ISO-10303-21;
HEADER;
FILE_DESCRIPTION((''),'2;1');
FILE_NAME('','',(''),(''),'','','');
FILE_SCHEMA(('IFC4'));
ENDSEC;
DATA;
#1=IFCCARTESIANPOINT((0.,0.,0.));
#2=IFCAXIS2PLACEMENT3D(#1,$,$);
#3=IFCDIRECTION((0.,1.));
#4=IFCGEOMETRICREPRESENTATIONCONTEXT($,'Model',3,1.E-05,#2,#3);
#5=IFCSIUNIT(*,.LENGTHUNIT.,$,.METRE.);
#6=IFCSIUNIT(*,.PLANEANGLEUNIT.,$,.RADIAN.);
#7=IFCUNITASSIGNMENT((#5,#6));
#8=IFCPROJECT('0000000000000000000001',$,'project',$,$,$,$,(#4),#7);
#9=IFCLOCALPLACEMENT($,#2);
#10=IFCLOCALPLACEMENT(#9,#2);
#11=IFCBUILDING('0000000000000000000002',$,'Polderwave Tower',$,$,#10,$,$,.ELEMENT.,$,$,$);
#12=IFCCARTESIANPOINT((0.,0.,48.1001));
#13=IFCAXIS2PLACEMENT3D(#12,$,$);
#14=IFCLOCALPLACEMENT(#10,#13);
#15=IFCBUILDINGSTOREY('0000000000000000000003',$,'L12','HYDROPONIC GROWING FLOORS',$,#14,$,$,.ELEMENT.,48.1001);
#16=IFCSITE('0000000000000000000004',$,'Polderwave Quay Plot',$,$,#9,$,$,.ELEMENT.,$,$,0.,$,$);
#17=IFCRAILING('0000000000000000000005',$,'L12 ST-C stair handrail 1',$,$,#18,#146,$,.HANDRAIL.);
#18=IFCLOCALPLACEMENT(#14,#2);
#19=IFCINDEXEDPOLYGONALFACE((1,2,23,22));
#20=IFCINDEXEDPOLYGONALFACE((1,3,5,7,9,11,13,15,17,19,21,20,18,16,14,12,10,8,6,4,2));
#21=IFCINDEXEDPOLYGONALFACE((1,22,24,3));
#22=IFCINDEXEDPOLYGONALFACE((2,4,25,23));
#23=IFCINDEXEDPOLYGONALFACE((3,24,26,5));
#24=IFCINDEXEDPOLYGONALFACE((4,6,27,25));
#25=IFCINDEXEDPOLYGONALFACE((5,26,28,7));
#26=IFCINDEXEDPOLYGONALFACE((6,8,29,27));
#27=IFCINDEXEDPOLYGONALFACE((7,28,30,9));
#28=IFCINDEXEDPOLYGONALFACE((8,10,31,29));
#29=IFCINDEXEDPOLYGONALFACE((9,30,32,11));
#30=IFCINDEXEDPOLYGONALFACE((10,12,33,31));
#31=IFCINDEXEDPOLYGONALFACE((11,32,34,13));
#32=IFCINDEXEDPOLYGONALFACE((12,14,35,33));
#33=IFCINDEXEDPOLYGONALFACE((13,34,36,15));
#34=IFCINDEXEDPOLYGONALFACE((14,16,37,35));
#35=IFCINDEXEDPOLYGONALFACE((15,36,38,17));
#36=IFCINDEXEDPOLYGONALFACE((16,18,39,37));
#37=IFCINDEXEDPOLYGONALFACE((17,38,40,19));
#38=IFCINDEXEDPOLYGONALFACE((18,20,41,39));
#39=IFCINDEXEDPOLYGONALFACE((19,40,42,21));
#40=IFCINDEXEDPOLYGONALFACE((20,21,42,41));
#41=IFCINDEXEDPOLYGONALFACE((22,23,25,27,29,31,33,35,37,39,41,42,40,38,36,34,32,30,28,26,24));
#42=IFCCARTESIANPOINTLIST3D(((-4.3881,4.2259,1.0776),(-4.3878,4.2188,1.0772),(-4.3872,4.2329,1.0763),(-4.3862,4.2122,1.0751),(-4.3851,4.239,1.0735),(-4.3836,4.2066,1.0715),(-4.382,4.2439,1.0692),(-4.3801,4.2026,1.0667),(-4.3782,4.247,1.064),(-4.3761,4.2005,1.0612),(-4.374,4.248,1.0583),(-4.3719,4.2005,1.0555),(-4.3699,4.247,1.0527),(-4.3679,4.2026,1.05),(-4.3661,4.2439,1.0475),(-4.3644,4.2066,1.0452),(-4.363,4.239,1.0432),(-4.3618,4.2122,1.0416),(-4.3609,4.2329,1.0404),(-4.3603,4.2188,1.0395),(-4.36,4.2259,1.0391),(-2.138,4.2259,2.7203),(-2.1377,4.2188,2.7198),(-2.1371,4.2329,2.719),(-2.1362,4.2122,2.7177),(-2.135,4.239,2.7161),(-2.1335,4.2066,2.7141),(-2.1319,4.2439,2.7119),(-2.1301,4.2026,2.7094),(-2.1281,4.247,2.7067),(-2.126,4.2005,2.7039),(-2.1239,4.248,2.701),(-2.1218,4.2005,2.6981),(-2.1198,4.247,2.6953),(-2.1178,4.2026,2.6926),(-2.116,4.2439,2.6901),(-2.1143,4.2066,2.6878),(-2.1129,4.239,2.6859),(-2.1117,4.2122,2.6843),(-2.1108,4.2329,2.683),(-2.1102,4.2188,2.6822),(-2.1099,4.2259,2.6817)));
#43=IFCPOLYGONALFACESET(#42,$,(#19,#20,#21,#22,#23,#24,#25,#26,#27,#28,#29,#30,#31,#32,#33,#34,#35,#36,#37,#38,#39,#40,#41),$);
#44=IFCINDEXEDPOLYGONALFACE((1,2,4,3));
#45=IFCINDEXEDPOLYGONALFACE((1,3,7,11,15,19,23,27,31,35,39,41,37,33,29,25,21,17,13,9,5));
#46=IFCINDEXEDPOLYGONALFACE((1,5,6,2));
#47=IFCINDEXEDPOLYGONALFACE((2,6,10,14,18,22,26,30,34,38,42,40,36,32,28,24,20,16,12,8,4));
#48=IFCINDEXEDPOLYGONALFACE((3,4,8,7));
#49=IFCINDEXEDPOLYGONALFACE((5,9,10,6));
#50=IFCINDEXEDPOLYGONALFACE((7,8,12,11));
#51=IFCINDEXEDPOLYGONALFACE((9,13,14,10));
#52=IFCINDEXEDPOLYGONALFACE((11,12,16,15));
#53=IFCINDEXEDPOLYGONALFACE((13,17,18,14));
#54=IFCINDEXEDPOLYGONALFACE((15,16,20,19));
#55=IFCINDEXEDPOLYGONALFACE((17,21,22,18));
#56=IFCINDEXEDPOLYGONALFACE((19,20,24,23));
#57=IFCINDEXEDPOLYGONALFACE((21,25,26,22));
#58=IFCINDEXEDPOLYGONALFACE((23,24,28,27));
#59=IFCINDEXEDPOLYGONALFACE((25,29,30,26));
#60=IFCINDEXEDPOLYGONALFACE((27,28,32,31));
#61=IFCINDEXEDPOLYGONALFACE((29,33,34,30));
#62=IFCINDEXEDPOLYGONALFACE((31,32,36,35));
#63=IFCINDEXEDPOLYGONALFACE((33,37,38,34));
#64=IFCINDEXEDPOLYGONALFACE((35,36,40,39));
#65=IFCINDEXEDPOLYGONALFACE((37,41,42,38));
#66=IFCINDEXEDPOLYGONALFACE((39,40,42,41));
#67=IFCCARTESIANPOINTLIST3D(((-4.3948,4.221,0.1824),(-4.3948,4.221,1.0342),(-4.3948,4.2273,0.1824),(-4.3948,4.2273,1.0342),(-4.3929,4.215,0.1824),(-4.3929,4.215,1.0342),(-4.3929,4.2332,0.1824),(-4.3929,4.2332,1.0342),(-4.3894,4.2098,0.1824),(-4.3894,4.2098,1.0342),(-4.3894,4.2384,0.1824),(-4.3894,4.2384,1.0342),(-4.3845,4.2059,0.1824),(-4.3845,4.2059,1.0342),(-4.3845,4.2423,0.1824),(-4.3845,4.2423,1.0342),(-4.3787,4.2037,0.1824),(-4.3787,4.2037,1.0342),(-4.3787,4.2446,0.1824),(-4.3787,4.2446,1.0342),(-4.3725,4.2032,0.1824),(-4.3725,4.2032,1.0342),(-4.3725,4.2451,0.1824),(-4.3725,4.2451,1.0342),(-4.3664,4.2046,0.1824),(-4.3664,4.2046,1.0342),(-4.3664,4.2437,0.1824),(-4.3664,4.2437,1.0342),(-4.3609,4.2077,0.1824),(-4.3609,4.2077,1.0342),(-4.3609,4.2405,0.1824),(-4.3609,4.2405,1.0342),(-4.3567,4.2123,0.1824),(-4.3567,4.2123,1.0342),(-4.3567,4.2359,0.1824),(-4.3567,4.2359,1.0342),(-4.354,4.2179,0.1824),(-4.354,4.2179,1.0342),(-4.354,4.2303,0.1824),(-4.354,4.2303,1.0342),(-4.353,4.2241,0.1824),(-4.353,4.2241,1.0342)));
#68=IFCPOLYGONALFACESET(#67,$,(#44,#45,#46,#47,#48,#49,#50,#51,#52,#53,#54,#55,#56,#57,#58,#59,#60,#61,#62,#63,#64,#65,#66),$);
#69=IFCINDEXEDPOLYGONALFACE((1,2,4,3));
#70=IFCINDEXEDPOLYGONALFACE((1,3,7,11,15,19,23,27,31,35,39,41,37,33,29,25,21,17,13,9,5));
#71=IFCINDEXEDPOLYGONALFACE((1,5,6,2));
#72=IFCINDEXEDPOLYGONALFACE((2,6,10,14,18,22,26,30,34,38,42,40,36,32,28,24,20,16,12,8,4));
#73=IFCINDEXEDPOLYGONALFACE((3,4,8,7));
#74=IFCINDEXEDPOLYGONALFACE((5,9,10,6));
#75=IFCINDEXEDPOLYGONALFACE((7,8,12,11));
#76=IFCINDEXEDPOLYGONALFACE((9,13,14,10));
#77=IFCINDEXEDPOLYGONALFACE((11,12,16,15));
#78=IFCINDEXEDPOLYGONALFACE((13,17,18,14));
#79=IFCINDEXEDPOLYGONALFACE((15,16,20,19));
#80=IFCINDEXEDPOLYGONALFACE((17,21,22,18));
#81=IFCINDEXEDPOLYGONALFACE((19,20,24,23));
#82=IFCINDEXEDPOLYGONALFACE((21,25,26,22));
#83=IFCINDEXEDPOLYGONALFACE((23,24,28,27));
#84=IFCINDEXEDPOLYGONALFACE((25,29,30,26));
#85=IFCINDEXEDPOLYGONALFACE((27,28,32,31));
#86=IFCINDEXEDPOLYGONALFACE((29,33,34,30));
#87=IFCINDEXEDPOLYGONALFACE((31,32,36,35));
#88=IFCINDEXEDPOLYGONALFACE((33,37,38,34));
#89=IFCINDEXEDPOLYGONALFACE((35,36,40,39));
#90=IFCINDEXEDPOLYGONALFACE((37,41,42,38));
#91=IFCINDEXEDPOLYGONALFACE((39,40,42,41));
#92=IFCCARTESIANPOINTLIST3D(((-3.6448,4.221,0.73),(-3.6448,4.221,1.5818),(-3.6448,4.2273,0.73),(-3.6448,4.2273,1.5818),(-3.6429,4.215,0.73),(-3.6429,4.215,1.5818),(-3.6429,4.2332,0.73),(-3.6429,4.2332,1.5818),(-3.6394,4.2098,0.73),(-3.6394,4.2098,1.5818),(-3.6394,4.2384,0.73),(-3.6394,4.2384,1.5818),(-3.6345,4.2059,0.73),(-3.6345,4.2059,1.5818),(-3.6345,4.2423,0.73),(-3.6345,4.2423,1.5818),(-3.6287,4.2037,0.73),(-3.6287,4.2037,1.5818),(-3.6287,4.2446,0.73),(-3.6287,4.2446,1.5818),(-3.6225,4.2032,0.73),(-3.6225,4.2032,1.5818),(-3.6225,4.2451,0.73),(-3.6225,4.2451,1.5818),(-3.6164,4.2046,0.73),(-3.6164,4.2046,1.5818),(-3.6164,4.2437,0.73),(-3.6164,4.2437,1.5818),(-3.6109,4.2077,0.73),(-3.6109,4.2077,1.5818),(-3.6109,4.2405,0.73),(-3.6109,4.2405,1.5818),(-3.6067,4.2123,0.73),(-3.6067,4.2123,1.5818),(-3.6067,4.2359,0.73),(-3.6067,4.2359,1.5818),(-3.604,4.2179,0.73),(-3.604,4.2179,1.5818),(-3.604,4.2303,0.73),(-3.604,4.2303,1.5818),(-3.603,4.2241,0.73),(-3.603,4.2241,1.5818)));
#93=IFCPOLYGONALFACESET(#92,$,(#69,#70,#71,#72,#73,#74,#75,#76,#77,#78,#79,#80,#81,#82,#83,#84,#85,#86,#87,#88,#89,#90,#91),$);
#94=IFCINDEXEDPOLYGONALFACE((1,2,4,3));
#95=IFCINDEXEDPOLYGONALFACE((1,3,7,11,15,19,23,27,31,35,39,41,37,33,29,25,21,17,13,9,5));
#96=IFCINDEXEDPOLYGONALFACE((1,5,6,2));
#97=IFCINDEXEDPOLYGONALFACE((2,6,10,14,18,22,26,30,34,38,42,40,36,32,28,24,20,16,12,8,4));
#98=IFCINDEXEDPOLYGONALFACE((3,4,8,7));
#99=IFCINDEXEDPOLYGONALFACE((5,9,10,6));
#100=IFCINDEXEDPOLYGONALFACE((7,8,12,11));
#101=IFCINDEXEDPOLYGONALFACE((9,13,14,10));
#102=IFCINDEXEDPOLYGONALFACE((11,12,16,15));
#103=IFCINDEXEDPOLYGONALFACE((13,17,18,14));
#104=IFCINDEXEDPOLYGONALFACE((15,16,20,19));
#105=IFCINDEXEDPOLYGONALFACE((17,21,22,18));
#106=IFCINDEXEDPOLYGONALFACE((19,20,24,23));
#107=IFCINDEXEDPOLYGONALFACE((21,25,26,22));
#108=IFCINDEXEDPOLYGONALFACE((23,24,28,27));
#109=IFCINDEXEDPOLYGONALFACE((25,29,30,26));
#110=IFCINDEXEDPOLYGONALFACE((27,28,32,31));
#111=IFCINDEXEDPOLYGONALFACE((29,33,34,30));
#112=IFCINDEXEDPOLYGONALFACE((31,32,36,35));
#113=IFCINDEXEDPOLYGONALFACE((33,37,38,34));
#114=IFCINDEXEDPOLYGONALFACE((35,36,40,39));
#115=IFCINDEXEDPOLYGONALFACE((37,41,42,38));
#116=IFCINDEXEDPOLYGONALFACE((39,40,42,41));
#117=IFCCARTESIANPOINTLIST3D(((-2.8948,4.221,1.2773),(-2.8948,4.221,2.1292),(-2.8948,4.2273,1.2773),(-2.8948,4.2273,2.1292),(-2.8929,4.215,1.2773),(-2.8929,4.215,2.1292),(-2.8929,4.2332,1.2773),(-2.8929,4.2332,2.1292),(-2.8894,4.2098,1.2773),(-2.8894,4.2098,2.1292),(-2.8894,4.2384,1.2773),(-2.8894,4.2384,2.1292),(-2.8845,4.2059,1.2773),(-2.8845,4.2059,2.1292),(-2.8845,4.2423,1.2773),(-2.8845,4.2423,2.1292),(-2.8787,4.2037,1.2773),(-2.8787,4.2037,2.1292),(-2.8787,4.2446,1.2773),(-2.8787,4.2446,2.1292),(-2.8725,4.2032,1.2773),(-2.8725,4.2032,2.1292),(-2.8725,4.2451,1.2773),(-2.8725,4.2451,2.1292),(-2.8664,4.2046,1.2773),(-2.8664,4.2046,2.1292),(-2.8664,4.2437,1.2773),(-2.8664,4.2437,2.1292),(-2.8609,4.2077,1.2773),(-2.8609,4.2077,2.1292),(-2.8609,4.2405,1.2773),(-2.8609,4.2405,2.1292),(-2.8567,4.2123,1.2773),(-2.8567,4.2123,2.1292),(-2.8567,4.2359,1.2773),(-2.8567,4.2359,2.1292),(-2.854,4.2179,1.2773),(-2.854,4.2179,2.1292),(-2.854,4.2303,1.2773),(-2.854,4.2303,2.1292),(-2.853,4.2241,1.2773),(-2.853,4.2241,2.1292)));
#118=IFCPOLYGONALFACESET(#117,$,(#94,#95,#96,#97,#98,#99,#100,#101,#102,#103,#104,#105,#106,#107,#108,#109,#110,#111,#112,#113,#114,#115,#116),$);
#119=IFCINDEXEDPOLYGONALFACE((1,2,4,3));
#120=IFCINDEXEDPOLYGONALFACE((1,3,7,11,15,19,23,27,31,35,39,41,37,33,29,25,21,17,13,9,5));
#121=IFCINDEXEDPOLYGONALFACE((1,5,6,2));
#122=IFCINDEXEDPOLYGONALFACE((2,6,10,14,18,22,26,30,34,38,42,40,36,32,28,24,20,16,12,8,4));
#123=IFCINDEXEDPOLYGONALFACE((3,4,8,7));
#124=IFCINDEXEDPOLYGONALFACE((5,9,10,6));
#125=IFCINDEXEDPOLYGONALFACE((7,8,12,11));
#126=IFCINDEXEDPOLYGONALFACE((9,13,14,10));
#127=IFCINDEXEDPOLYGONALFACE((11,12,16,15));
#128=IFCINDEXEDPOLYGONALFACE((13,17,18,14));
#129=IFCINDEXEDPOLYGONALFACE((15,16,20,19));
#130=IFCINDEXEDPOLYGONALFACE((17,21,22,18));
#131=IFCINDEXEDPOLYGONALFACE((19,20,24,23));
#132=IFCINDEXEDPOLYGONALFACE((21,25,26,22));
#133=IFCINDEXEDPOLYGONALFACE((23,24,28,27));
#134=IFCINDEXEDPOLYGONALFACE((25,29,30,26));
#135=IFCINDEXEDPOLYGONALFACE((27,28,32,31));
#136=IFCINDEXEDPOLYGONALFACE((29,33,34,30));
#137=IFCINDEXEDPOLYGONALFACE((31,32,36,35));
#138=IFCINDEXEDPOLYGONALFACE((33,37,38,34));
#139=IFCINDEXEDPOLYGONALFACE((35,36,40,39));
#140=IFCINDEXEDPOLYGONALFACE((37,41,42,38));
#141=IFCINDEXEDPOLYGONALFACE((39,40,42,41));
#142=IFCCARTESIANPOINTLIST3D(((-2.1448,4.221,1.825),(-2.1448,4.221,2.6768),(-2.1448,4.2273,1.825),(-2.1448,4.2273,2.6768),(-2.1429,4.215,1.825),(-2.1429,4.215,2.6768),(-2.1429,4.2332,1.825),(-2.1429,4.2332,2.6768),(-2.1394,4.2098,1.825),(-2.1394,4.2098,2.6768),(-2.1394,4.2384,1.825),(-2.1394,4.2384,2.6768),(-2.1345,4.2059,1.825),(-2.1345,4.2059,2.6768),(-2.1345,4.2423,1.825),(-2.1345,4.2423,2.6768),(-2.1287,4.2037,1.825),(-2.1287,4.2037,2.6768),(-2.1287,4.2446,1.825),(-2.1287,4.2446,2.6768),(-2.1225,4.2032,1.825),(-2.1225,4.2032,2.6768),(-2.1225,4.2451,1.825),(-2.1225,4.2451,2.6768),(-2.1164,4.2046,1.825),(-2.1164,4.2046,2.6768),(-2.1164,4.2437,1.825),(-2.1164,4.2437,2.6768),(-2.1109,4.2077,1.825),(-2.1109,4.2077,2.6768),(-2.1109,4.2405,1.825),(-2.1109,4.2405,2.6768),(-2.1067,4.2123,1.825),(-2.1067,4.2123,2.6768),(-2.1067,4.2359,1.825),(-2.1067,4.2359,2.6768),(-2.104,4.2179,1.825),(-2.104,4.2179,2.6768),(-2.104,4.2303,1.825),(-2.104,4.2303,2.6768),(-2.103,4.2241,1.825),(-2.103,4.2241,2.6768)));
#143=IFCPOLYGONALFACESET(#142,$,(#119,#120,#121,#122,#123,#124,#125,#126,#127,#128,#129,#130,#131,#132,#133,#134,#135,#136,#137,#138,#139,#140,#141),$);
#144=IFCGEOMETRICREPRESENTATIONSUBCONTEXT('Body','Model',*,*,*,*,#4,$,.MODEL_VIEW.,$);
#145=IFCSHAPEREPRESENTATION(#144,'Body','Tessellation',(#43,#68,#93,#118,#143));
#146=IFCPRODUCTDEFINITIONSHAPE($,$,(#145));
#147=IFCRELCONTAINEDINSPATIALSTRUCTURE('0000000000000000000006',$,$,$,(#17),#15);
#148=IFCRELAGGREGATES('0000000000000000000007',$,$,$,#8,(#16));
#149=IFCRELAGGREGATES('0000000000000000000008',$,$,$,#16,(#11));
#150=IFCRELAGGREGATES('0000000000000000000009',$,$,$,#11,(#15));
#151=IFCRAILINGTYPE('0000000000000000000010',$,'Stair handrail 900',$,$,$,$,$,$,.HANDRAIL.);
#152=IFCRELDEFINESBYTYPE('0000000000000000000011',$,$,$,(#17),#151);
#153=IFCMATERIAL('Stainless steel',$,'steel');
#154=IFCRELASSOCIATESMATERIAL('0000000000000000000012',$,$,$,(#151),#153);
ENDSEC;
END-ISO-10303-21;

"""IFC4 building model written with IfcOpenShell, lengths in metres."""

from ifc_helpers import new_model, si_unit, direction, frame, origin, origin_2d, place, context, subcontext, project, spatial, circle, extrude, material, type_object, element, save


model = new_model("IFC4")

# Units and contexts
model_context = context("Model", 3, precision=1e-05, world=origin(), true_north=direction((0.0, 1.0)))
body_context = subcontext(model_context, "Body", "Model", "MODEL_VIEW")
ifc_project = project(units=[si_unit("LENGTHUNIT", "METRE"), si_unit("PLANEANGLEUNIT", "RADIAN")], contexts=[model_context])

# Site, building, storey
site_placement = place(None, origin())
site = spatial("IfcSite", under=ifc_project, at=site_placement, Name="Polderwave Quay Plot", CompositionType="ELEMENT", RefElevation=0.0)
building_placement = place(site_placement, origin())
building = spatial("IfcBuilding", under=site, at=building_placement, Name="Polderwave Tower", CompositionType="ELEMENT")
storey_placement = place(building_placement, frame((0.0, 0.0, 48.1001)))
storey = spatial("IfcBuildingStorey", under=building, at=storey_placement, Name="L12", Description="HYDROPONIC GROWING FLOORS", CompositionType="ELEMENT", Elevation=48.1001)

# Railing
ifc_material_1 = material(Name="Stainless steel", Category="steel")
railing_type_1 = type_object("IfcRailingType", Name="Stair handrail 900", PredefinedType="HANDRAIL", material=ifc_material_1)
railing_1_placement = place(storey_placement, frame((-4.374, 4.2241, 0.1824)))
element("IfcRailing", 1, at=railing_1_placement, inside=storey, type_object=railing_type_1, Name="L12 ST-C stair handrail 1", PredefinedType="HANDRAIL", context=body_context, shape_type="SweptSolid", body=[
    extrude(circle(Radius=0.0239, at=origin_2d()), frame((0.0, 0.0, 0.876), z_axis=(0.807674, 0.0, 0.58963), x_axis=(0.0, 1.0, 0.0)), (0.0, 0.0, 1.0), 2.7859),
    extrude(circle(Radius=0.021, at=origin_2d()), origin(), (0.0, 0.0, 1.0), 0.8518),
    extrude(circle(Radius=0.021, at=origin_2d()), frame((0.75, 0.0, 0.5476)), (0.0, 0.0, 1.0), 0.8518),
    extrude(circle(Radius=0.021, at=origin_2d()), frame((1.5, 0.0, 1.095)), (0.0, 0.0, 1.0), 0.8518),
    extrude(circle(Radius=0.021, at=origin_2d()), frame((2.25, 0.0, 1.6426)), (0.0, 0.0, 1.0), 0.8518),
])

save(model, "model.ifc")
